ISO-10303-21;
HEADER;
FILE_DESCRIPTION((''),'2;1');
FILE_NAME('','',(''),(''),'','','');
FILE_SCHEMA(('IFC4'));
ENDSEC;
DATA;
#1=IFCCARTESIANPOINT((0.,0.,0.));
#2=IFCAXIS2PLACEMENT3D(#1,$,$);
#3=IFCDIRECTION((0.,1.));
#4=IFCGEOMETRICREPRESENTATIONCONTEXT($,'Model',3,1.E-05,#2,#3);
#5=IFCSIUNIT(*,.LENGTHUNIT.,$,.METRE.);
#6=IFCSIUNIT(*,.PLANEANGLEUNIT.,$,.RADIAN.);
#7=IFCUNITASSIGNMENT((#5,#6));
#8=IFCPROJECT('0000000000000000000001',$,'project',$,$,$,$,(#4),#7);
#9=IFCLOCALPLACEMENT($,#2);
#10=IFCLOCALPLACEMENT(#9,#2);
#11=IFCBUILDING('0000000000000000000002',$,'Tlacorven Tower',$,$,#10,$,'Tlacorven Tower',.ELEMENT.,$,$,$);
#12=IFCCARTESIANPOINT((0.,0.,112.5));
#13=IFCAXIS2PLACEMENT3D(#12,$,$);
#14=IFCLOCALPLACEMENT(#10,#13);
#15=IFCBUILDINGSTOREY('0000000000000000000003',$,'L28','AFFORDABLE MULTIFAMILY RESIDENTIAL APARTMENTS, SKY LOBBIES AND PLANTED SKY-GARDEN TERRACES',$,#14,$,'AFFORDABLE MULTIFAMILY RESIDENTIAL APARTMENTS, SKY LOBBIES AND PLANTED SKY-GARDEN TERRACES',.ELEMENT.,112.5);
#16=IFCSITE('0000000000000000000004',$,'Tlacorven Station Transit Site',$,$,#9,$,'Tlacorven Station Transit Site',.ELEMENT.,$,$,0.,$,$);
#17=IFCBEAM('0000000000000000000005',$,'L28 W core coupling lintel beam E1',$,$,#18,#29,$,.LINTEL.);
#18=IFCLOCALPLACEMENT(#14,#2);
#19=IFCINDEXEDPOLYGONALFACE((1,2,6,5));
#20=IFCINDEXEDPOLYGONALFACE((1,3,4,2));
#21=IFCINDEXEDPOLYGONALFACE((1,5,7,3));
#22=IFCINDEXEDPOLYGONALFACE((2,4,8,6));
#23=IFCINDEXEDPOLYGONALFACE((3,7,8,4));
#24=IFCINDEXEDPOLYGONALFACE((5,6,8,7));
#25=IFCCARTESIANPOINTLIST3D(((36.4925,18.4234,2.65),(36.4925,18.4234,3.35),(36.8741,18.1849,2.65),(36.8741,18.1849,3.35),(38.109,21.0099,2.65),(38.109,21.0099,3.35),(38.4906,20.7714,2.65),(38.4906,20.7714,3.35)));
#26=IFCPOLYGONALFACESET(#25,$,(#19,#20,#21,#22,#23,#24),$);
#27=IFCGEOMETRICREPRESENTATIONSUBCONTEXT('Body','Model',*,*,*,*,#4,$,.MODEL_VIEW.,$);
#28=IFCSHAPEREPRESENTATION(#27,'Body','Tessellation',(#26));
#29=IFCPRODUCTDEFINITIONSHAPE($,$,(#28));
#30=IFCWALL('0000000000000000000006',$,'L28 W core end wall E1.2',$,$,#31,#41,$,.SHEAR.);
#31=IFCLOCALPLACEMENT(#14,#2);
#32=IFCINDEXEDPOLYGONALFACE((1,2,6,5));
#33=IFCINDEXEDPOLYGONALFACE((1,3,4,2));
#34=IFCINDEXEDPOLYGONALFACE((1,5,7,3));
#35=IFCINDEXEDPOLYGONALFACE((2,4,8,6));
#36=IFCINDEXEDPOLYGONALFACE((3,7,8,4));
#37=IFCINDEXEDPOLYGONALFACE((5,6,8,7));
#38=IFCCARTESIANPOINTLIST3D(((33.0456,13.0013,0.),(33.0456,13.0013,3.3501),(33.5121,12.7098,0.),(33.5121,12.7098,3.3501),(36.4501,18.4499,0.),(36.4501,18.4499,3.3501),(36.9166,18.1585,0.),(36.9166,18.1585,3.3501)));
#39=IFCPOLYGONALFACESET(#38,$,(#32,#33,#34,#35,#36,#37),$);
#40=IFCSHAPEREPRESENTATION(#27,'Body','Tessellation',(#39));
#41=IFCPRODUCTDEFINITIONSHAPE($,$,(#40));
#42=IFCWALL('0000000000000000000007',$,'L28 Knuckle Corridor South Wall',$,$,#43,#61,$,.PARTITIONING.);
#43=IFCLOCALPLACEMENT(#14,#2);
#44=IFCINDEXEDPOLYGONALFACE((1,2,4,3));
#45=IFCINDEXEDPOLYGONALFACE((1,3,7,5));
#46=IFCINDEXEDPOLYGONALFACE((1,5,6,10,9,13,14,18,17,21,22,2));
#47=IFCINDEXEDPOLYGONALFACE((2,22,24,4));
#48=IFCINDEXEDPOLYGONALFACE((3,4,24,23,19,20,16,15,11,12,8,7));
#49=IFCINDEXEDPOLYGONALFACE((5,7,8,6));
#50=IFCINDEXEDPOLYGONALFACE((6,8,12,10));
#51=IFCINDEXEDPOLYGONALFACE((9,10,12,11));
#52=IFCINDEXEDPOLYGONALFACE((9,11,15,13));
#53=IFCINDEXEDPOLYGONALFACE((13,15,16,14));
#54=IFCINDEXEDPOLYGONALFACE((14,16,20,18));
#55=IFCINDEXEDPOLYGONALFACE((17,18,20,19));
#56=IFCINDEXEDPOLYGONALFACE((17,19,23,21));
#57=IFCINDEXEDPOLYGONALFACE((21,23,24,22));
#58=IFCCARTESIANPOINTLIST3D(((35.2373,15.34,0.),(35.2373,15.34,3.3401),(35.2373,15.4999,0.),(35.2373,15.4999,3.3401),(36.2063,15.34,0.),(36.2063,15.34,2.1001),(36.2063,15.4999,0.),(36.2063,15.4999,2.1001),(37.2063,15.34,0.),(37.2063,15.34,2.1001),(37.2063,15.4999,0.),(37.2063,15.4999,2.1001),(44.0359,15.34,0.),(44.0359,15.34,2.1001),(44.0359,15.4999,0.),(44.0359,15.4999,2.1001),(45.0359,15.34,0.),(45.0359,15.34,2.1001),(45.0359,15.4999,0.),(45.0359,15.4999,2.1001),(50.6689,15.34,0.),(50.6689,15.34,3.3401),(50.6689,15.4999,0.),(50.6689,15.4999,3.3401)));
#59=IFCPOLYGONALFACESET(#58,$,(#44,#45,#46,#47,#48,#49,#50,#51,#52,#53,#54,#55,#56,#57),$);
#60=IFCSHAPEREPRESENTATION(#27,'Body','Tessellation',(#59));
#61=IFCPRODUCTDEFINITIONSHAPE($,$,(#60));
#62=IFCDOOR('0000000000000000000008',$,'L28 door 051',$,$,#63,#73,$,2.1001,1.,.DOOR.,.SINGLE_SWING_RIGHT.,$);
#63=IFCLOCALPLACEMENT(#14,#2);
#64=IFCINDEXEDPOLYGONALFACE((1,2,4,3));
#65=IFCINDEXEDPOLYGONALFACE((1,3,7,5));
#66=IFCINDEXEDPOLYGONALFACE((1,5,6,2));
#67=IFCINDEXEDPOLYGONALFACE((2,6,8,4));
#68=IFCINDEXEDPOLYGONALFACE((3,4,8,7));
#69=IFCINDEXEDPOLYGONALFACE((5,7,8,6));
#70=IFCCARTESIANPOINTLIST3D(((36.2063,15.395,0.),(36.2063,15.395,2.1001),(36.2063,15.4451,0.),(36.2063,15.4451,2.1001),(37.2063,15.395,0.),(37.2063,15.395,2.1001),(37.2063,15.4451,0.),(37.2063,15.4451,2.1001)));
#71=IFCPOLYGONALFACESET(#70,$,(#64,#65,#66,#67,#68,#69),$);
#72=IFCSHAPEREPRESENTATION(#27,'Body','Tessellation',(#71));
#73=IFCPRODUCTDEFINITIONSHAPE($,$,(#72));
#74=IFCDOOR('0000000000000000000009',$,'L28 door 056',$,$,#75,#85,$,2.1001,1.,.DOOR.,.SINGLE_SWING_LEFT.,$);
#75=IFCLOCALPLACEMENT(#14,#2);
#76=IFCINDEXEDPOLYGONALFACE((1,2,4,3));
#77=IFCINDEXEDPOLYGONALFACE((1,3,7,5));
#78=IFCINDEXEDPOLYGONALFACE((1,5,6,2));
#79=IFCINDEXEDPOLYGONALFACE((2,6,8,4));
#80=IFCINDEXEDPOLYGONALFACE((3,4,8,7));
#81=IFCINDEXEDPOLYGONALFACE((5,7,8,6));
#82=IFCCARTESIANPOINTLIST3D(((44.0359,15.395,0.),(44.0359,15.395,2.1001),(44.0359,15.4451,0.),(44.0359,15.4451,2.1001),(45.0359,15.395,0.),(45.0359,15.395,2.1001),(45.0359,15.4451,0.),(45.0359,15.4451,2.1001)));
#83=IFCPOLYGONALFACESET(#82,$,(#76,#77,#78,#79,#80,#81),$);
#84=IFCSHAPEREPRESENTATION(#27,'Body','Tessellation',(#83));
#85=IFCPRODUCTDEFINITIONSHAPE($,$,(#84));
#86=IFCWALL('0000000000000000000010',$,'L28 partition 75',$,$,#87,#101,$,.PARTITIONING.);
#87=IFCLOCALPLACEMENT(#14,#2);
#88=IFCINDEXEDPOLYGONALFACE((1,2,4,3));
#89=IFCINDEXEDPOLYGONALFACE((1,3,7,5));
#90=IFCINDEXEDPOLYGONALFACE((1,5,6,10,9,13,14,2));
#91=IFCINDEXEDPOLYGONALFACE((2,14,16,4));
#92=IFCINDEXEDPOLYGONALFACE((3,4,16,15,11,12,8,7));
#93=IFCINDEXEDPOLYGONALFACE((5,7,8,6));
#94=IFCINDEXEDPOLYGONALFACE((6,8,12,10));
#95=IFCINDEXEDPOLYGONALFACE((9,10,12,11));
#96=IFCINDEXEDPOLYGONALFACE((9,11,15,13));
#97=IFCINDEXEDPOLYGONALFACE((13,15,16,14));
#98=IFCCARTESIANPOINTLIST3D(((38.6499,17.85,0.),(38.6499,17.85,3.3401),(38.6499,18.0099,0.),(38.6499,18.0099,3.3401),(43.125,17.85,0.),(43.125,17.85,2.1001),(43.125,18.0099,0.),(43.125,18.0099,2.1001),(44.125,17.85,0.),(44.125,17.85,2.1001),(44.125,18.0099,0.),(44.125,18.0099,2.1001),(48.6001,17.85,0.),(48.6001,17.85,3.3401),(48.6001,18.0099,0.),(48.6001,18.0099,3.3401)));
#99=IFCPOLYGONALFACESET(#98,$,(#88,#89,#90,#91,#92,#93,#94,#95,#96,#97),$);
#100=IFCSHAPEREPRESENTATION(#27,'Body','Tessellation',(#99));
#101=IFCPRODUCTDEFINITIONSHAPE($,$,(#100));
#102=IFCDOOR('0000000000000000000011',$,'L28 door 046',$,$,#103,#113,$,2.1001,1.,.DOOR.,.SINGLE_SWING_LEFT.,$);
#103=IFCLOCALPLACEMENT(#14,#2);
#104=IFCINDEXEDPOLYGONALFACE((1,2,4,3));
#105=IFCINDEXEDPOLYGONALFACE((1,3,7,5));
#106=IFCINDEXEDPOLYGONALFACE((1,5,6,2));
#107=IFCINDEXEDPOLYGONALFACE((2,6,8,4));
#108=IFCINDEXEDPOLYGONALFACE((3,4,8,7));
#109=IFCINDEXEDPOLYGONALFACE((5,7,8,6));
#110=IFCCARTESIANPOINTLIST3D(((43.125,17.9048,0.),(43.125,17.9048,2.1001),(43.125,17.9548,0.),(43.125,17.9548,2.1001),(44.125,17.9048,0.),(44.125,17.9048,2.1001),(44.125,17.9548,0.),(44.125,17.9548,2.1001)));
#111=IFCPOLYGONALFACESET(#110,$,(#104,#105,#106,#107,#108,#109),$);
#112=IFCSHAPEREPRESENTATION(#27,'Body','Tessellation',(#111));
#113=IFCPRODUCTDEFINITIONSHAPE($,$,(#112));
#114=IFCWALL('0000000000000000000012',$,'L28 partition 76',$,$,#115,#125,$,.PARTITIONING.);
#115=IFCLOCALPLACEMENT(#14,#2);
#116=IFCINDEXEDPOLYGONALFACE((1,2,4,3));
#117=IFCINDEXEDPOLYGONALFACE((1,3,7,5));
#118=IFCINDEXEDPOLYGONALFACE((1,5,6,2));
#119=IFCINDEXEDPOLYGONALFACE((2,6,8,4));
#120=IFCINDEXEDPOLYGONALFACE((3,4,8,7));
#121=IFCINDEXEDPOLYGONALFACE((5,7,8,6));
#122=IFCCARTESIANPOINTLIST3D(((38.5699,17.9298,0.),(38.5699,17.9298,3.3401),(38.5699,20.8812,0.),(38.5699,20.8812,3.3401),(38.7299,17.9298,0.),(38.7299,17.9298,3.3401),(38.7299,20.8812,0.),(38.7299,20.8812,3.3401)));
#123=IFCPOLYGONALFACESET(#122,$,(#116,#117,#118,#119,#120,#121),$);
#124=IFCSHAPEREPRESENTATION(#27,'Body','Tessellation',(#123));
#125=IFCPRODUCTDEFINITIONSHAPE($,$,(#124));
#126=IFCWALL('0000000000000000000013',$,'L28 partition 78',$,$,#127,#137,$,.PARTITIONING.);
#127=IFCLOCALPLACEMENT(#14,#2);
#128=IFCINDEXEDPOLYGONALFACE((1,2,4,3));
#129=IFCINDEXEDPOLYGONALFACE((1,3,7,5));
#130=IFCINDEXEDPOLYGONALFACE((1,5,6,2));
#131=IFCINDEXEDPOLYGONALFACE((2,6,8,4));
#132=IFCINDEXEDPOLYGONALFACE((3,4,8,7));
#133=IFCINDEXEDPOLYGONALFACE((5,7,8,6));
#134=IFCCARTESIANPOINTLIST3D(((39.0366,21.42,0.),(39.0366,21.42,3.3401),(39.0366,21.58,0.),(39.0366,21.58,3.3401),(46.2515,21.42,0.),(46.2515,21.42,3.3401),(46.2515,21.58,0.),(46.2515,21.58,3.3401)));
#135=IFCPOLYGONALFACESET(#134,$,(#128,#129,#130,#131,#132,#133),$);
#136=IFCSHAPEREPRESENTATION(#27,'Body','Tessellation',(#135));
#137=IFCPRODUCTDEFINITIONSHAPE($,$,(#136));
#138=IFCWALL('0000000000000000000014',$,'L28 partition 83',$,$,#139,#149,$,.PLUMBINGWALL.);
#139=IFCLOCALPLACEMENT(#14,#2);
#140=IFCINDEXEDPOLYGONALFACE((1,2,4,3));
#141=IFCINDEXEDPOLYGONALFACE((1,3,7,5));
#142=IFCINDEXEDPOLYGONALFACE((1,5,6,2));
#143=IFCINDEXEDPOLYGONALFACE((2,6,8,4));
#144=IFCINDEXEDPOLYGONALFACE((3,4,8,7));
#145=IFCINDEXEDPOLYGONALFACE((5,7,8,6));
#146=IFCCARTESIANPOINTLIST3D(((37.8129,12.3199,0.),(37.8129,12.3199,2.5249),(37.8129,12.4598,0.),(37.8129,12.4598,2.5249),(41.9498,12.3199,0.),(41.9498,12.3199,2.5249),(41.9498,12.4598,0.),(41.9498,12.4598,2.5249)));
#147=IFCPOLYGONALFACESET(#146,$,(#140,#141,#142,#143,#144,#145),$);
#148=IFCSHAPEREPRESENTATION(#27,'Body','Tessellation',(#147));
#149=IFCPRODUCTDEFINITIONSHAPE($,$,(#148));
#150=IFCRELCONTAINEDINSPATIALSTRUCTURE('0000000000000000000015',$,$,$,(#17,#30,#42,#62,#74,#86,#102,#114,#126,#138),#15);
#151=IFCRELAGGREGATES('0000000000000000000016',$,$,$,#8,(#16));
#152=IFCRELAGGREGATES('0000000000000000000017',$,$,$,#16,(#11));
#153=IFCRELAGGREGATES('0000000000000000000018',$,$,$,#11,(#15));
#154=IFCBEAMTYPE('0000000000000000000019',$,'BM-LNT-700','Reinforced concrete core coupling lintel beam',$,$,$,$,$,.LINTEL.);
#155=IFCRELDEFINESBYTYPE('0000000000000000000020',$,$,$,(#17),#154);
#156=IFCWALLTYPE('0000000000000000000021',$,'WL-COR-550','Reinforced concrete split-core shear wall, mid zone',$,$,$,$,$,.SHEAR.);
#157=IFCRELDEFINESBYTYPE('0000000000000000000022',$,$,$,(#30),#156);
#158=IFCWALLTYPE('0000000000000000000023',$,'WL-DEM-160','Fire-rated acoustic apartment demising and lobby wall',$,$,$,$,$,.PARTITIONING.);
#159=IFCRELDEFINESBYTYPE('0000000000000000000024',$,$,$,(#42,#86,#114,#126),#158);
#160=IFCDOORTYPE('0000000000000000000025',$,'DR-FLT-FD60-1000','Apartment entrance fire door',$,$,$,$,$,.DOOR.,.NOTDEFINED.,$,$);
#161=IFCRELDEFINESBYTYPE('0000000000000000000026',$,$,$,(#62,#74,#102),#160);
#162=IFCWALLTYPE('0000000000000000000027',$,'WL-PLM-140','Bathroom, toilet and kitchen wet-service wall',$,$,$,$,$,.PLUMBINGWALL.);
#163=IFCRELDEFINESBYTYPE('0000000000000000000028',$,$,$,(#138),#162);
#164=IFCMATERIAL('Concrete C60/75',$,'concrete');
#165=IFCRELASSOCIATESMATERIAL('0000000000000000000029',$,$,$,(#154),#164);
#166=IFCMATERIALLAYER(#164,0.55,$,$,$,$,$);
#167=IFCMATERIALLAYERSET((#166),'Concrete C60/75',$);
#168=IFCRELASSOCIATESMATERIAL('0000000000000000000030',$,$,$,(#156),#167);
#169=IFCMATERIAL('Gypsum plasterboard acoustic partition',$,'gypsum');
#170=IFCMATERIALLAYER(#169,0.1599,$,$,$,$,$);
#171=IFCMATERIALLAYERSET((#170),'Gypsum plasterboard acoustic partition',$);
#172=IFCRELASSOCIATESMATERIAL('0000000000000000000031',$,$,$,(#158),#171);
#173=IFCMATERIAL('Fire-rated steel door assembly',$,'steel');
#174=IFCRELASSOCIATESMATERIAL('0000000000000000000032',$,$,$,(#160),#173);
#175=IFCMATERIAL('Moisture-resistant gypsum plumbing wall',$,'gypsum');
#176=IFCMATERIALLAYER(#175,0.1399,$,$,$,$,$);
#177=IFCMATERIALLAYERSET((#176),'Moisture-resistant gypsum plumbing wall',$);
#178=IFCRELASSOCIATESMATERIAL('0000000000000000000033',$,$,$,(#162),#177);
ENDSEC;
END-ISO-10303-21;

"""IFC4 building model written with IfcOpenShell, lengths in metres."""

from ifc_helpers import new_model, si_unit, direction, frame, frame_2d, origin, origin_2d, place, context, subcontext, project, spatial, rectangle, extrude, source, transform, mapped, material, layer, layer_set, material_profile, profile_set, type_object, element, fill, save


model = new_model("IFC4")

# Units and contexts
model_context = context("Model", 3, precision=1e-05, world=origin(), true_north=direction((0.0, 1.0)))
body_context = subcontext(model_context, "Body", "Model", "MODEL_VIEW")
ifc_project = project(units=[si_unit("LENGTHUNIT", "METRE"), si_unit("PLANEANGLEUNIT", "RADIAN")], contexts=[model_context])

# Site, building, storey
site_placement = place(None, origin())
site = spatial("IfcSite", under=ifc_project, at=site_placement, Name="Tlacorven Station Transit Site", LongName="Tlacorven Station Transit Site", CompositionType="ELEMENT", RefElevation=0.0)
building_placement = place(site_placement, origin())
building = spatial("IfcBuilding", under=site, at=building_placement, Name="Tlacorven Tower", LongName="Tlacorven Tower", CompositionType="ELEMENT")
storey_placement = place(building_placement, frame((0.0, 0.0, 112.5)))
storey = spatial("IfcBuildingStorey", under=building, at=storey_placement, Name="L28", Description="AFFORDABLE MULTIFAMILY RESIDENTIAL APARTMENTS, SKY LOBBIES AND PLANTED SKY-GARDEN TERRACES", LongName="AFFORDABLE MULTIFAMILY RESIDENTIAL APARTMENTS, SKY LOBBIES AND PLANTED SKY-GARDEN TERRACES", CompositionType="ELEMENT", Elevation=112.5)

# Beam
ifc_material_1 = material(Name="Concrete C60/75", Category="concrete")
ifc_material_profile = material_profile(ifc_material_1, rectangle(XDim=0.45, YDim=0.7, at=origin_2d()), Name="RC 450X700")
ifc_profile_set = profile_set([ifc_material_profile], Name="Concrete C60/75")
beam_type = type_object("IfcBeamType", Name="BM-LNT-700", Description="Reinforced concrete core coupling lintel beam", PredefinedType="LINTEL", material=ifc_profile_set)
shared_shape_1 = source(origin(), body_context, "Body", "SweptSolid", [
    extrude(rectangle(XDim=0.45, YDim=0.7, at=origin_2d()), origin(), (0.0, 0.0, 1.0), 3.05),
])
beam_placement = place(storey_placement, frame((38.2998, 20.8906, 3.0), z_axis=(-0.529985, -0.848007, 0.0), x_axis=(0.848007, -0.529985, 0.0)))
element("IfcBeam", 1, at=beam_placement, inside=storey, type_object=beam_type, Name="L28 W core coupling lintel beam E1", PredefinedType="LINTEL", context=body_context, shape_type="MappedRepresentation", body=[
    mapped(shared_shape_1, transform((0.0, 0.0, 0.0), scale=1.0)),
])

# Wall
ifc_layer_1 = layer(ifc_material_1, 0.55)
ifc_layer_set_1 = layer_set([ifc_layer_1], Name="Concrete C60/75")
wall_type_1 = type_object("IfcWallType", Name="WL-COR-550", Description="Reinforced concrete split-core shear wall, mid zone", PredefinedType="SHEAR", material=ifc_layer_set_1)
wall_1_placement = place(storey_placement, frame((36.6833, 18.3042, 0.0), z_axis=(0.0, 0.0, 1.0), x_axis=(-0.529896, -0.848062, 0.0)))
element("IfcWall", 2, at=wall_1_placement, inside=storey, type_object=wall_type_1, Name="L28 W core end wall E1.2", PredefinedType="SHEAR", context=body_context, shape_type="SweptSolid", body=[
    extrude(rectangle(XDim=6.4248, YDim=0.55, at=frame_2d((3.2124, 0.0))), origin(), (0.0, 0.0, 1.0), 3.3501),
])

# Wall, openings, doors
ifc_material_2 = material(Name="Gypsum plasterboard acoustic partition", Category="gypsum")
ifc_layer_2 = layer(ifc_material_2, 0.1599)
ifc_layer_set_2 = layer_set([ifc_layer_2], Name="Gypsum plasterboard acoustic partition")
wall_type_2 = type_object("IfcWallType", Name="WL-DEM-160", Description="Fire-rated acoustic apartment demising and lobby wall", PredefinedType="PARTITIONING", material=ifc_layer_set_2)
wall_2_placement = place(storey_placement, frame((35.2373, 15.4199, 0.0), z_axis=(0.0, 0.0, 1.0), x_axis=(1.0, 0.0, 0.0)))
wall_2 = element("IfcWall", 3, at=wall_2_placement, inside=storey, type_object=wall_type_2, Name="L28 Knuckle Corridor South Wall", PredefinedType="PARTITIONING", context=body_context, shape_type="SweptSolid", body=[
    extrude(rectangle(XDim=15.4316, YDim=0.1599, at=frame_2d((7.7158, 0.0))), origin(), (0.0, 0.0, 1.0), 3.3401),
])
opening_1_placement = place(wall_2_placement, frame((0.969, 0.0, 0.0)))
opening_1 = element("IfcOpeningElement", 4, at=opening_1_placement, cuts=wall_2, PredefinedType="OPENING", context=body_context, shape_type="SweptSolid", body=[
    extrude(rectangle(XDim=1.0, YDim=2.1001, at=frame_2d((0.5, 1.05))), frame((0.0, 0.0898, 0.0), z_axis=(0.0, -1.0, 0.0), x_axis=(1.0, 0.0, 0.0)), (0.0, 0.0, 1.0), 0.1799),
])
opening_2_placement = place(wall_2_placement, frame((8.7986, 0.0, 0.0)))
opening_2 = element("IfcOpeningElement", 5, at=opening_2_placement, cuts=wall_2, PredefinedType="OPENING", context=body_context, shape_type="SweptSolid", body=[
    extrude(rectangle(XDim=1.0, YDim=2.1001, at=frame_2d((0.5, 1.05))), frame((0.0, 0.0898, 0.0), z_axis=(0.0, -1.0, 0.0), x_axis=(1.0, 0.0, 0.0)), (0.0, 0.0, 1.0), 0.1799),
])
ifc_material_3 = material(Name="Fire-rated steel door assembly", Category="steel")
door_type_1 = type_object("IfcDoorType", Name="DR-FLT-FD60-1000", Description="Apartment entrance fire door", OperationType="NOTDEFINED", PredefinedType="DOOR", material=ifc_material_3)
shared_shape_2 = source(origin(), body_context, "Body", "SweptSolid", [
    extrude(rectangle(XDim=1.0, YDim=2.1001, at=frame_2d((0.5, 1.05))), frame((0.0, 0.0249, 0.0), z_axis=(0.0, -1.0, 0.0), x_axis=(1.0, 0.0, 0.0)), (0.0, 0.0, 1.0), 0.05),
])
door_1_placement = place(opening_1_placement, frame((1.0, 0.0, 0.0), z_axis=(0.0, 0.0, 1.0), x_axis=(-1.0, 0.0, 0.0)))
door_1 = element("IfcDoor", 6, at=door_1_placement, inside=storey, type_object=door_type_1, Name="L28 door 051", OperationType="SINGLE_SWING_RIGHT", OverallHeight=2.1001, OverallWidth=1.0, PredefinedType="DOOR", context=body_context, shape_type="MappedRepresentation", body=[
    mapped(shared_shape_2, transform((0.0, 0.0, 0.0), scale=1.0)),
])
fill(opening_1, door_1)
door_2_placement = place(opening_2_placement, frame((1.0, 0.0, 0.0), z_axis=(0.0, 0.0, 1.0), x_axis=(-1.0, 0.0, 0.0)))
door_2 = element("IfcDoor", 7, at=door_2_placement, inside=storey, type_object=door_type_1, Name="L28 door 056", OperationType="SINGLE_SWING_LEFT", OverallHeight=2.1001, OverallWidth=1.0, PredefinedType="DOOR", context=body_context, shape_type="MappedRepresentation", body=[
    mapped(shared_shape_2, transform((0.0, 0.0, 0.0), scale=1.0)),
])
fill(opening_2, door_2)

# Wall, opening, door
wall_3_placement = place(storey_placement, frame((38.6499, 17.9299, 0.0), z_axis=(0.0, 0.0, 1.0), x_axis=(1.0, 0.0, 0.0)))
wall_3 = element("IfcWall", 8, at=wall_3_placement, inside=storey, type_object=wall_type_2, Name="L28 partition 75", PredefinedType="PARTITIONING", context=body_context, shape_type="SweptSolid", body=[
    extrude(rectangle(XDim=9.9502, YDim=0.1599, at=frame_2d((4.9751, 0.0))), origin(), (0.0, 0.0, 1.0), 3.3401),
])
opening_3_placement = place(wall_3_placement, frame((4.4751, 0.0, 0.0)))
opening_3 = element("IfcOpeningElement", 9, at=opening_3_placement, cuts=wall_3, PredefinedType="OPENING", context=body_context, shape_type="SweptSolid", body=[
    extrude(rectangle(XDim=1.0, YDim=2.1001, at=frame_2d((0.5, 1.05))), frame((0.0, 0.0898, 0.0), z_axis=(0.0, -1.0, 0.0), x_axis=(1.0, 0.0, 0.0)), (0.0, 0.0, 1.0), 0.1799),
])
door_3_placement = place(opening_3_placement, origin())
door_3 = element("IfcDoor", 10, at=door_3_placement, inside=storey, type_object=door_type_1, Name="L28 door 046", OperationType="SINGLE_SWING_LEFT", OverallHeight=2.1001, OverallWidth=1.0, PredefinedType="DOOR", context=body_context, shape_type="MappedRepresentation", body=[
    mapped(shared_shape_2, transform((0.0, 0.0, 0.0), scale=1.0)),
])
fill(opening_3, door_3)

# Walls
wall_4_placement = place(storey_placement, frame((38.6499, 17.9299, 0.0), z_axis=(0.0, 0.0, 1.0), x_axis=(0.0, 1.0, 0.0)))
element("IfcWall", 11, at=wall_4_placement, inside=storey, type_object=wall_type_2, Name="L28 partition 76", PredefinedType="PARTITIONING", context=body_context, shape_type="SweptSolid", body=[
    extrude(rectangle(XDim=2.9514, YDim=0.1599, at=frame_2d((1.4756, 0.0))), origin(), (0.0, 0.0, 1.0), 3.3401),
])
wall_5_placement = place(storey_placement, frame((39.0366, 21.5, 0.0), z_axis=(0.0, 0.0, 1.0), x_axis=(1.0, 0.0, 0.0)))
element("IfcWall", 12, at=wall_5_placement, inside=storey, type_object=wall_type_2, Name="L28 partition 78", PredefinedType="PARTITIONING", context=body_context, shape_type="SweptSolid", body=[
    extrude(rectangle(XDim=7.2148, YDim=0.1599, at=frame_2d((3.6074, 0.0))), origin(), (0.0, 0.0, 1.0), 3.3401),
])
ifc_material_4 = material(Name="Moisture-resistant gypsum plumbing wall", Category="gypsum")
ifc_layer_3 = layer(ifc_material_4, 0.1399)
ifc_layer_set_3 = layer_set([ifc_layer_3], Name="Moisture-resistant gypsum plumbing wall")
wall_type_3 = type_object("IfcWallType", Name="WL-PLM-140", Description="Bathroom, toilet and kitchen wet-service wall", PredefinedType="PLUMBINGWALL", material=ifc_layer_set_3)
wall_6_placement = place(storey_placement, frame((37.813, 12.3899, 0.0), z_axis=(0.0, 0.0, 1.0), x_axis=(1.0, 0.0, 0.0)))
element("IfcWall", 13, at=wall_6_placement, inside=storey, type_object=wall_type_3, Name="L28 partition 83", PredefinedType="PLUMBINGWALL", context=body_context, shape_type="SweptSolid", body=[
    extrude(rectangle(XDim=4.137, YDim=0.1399, at=frame_2d((2.0684, 0.0))), origin(), (0.0, 0.0, 1.0), 2.5249),
])

save(model, "model.ifc")
